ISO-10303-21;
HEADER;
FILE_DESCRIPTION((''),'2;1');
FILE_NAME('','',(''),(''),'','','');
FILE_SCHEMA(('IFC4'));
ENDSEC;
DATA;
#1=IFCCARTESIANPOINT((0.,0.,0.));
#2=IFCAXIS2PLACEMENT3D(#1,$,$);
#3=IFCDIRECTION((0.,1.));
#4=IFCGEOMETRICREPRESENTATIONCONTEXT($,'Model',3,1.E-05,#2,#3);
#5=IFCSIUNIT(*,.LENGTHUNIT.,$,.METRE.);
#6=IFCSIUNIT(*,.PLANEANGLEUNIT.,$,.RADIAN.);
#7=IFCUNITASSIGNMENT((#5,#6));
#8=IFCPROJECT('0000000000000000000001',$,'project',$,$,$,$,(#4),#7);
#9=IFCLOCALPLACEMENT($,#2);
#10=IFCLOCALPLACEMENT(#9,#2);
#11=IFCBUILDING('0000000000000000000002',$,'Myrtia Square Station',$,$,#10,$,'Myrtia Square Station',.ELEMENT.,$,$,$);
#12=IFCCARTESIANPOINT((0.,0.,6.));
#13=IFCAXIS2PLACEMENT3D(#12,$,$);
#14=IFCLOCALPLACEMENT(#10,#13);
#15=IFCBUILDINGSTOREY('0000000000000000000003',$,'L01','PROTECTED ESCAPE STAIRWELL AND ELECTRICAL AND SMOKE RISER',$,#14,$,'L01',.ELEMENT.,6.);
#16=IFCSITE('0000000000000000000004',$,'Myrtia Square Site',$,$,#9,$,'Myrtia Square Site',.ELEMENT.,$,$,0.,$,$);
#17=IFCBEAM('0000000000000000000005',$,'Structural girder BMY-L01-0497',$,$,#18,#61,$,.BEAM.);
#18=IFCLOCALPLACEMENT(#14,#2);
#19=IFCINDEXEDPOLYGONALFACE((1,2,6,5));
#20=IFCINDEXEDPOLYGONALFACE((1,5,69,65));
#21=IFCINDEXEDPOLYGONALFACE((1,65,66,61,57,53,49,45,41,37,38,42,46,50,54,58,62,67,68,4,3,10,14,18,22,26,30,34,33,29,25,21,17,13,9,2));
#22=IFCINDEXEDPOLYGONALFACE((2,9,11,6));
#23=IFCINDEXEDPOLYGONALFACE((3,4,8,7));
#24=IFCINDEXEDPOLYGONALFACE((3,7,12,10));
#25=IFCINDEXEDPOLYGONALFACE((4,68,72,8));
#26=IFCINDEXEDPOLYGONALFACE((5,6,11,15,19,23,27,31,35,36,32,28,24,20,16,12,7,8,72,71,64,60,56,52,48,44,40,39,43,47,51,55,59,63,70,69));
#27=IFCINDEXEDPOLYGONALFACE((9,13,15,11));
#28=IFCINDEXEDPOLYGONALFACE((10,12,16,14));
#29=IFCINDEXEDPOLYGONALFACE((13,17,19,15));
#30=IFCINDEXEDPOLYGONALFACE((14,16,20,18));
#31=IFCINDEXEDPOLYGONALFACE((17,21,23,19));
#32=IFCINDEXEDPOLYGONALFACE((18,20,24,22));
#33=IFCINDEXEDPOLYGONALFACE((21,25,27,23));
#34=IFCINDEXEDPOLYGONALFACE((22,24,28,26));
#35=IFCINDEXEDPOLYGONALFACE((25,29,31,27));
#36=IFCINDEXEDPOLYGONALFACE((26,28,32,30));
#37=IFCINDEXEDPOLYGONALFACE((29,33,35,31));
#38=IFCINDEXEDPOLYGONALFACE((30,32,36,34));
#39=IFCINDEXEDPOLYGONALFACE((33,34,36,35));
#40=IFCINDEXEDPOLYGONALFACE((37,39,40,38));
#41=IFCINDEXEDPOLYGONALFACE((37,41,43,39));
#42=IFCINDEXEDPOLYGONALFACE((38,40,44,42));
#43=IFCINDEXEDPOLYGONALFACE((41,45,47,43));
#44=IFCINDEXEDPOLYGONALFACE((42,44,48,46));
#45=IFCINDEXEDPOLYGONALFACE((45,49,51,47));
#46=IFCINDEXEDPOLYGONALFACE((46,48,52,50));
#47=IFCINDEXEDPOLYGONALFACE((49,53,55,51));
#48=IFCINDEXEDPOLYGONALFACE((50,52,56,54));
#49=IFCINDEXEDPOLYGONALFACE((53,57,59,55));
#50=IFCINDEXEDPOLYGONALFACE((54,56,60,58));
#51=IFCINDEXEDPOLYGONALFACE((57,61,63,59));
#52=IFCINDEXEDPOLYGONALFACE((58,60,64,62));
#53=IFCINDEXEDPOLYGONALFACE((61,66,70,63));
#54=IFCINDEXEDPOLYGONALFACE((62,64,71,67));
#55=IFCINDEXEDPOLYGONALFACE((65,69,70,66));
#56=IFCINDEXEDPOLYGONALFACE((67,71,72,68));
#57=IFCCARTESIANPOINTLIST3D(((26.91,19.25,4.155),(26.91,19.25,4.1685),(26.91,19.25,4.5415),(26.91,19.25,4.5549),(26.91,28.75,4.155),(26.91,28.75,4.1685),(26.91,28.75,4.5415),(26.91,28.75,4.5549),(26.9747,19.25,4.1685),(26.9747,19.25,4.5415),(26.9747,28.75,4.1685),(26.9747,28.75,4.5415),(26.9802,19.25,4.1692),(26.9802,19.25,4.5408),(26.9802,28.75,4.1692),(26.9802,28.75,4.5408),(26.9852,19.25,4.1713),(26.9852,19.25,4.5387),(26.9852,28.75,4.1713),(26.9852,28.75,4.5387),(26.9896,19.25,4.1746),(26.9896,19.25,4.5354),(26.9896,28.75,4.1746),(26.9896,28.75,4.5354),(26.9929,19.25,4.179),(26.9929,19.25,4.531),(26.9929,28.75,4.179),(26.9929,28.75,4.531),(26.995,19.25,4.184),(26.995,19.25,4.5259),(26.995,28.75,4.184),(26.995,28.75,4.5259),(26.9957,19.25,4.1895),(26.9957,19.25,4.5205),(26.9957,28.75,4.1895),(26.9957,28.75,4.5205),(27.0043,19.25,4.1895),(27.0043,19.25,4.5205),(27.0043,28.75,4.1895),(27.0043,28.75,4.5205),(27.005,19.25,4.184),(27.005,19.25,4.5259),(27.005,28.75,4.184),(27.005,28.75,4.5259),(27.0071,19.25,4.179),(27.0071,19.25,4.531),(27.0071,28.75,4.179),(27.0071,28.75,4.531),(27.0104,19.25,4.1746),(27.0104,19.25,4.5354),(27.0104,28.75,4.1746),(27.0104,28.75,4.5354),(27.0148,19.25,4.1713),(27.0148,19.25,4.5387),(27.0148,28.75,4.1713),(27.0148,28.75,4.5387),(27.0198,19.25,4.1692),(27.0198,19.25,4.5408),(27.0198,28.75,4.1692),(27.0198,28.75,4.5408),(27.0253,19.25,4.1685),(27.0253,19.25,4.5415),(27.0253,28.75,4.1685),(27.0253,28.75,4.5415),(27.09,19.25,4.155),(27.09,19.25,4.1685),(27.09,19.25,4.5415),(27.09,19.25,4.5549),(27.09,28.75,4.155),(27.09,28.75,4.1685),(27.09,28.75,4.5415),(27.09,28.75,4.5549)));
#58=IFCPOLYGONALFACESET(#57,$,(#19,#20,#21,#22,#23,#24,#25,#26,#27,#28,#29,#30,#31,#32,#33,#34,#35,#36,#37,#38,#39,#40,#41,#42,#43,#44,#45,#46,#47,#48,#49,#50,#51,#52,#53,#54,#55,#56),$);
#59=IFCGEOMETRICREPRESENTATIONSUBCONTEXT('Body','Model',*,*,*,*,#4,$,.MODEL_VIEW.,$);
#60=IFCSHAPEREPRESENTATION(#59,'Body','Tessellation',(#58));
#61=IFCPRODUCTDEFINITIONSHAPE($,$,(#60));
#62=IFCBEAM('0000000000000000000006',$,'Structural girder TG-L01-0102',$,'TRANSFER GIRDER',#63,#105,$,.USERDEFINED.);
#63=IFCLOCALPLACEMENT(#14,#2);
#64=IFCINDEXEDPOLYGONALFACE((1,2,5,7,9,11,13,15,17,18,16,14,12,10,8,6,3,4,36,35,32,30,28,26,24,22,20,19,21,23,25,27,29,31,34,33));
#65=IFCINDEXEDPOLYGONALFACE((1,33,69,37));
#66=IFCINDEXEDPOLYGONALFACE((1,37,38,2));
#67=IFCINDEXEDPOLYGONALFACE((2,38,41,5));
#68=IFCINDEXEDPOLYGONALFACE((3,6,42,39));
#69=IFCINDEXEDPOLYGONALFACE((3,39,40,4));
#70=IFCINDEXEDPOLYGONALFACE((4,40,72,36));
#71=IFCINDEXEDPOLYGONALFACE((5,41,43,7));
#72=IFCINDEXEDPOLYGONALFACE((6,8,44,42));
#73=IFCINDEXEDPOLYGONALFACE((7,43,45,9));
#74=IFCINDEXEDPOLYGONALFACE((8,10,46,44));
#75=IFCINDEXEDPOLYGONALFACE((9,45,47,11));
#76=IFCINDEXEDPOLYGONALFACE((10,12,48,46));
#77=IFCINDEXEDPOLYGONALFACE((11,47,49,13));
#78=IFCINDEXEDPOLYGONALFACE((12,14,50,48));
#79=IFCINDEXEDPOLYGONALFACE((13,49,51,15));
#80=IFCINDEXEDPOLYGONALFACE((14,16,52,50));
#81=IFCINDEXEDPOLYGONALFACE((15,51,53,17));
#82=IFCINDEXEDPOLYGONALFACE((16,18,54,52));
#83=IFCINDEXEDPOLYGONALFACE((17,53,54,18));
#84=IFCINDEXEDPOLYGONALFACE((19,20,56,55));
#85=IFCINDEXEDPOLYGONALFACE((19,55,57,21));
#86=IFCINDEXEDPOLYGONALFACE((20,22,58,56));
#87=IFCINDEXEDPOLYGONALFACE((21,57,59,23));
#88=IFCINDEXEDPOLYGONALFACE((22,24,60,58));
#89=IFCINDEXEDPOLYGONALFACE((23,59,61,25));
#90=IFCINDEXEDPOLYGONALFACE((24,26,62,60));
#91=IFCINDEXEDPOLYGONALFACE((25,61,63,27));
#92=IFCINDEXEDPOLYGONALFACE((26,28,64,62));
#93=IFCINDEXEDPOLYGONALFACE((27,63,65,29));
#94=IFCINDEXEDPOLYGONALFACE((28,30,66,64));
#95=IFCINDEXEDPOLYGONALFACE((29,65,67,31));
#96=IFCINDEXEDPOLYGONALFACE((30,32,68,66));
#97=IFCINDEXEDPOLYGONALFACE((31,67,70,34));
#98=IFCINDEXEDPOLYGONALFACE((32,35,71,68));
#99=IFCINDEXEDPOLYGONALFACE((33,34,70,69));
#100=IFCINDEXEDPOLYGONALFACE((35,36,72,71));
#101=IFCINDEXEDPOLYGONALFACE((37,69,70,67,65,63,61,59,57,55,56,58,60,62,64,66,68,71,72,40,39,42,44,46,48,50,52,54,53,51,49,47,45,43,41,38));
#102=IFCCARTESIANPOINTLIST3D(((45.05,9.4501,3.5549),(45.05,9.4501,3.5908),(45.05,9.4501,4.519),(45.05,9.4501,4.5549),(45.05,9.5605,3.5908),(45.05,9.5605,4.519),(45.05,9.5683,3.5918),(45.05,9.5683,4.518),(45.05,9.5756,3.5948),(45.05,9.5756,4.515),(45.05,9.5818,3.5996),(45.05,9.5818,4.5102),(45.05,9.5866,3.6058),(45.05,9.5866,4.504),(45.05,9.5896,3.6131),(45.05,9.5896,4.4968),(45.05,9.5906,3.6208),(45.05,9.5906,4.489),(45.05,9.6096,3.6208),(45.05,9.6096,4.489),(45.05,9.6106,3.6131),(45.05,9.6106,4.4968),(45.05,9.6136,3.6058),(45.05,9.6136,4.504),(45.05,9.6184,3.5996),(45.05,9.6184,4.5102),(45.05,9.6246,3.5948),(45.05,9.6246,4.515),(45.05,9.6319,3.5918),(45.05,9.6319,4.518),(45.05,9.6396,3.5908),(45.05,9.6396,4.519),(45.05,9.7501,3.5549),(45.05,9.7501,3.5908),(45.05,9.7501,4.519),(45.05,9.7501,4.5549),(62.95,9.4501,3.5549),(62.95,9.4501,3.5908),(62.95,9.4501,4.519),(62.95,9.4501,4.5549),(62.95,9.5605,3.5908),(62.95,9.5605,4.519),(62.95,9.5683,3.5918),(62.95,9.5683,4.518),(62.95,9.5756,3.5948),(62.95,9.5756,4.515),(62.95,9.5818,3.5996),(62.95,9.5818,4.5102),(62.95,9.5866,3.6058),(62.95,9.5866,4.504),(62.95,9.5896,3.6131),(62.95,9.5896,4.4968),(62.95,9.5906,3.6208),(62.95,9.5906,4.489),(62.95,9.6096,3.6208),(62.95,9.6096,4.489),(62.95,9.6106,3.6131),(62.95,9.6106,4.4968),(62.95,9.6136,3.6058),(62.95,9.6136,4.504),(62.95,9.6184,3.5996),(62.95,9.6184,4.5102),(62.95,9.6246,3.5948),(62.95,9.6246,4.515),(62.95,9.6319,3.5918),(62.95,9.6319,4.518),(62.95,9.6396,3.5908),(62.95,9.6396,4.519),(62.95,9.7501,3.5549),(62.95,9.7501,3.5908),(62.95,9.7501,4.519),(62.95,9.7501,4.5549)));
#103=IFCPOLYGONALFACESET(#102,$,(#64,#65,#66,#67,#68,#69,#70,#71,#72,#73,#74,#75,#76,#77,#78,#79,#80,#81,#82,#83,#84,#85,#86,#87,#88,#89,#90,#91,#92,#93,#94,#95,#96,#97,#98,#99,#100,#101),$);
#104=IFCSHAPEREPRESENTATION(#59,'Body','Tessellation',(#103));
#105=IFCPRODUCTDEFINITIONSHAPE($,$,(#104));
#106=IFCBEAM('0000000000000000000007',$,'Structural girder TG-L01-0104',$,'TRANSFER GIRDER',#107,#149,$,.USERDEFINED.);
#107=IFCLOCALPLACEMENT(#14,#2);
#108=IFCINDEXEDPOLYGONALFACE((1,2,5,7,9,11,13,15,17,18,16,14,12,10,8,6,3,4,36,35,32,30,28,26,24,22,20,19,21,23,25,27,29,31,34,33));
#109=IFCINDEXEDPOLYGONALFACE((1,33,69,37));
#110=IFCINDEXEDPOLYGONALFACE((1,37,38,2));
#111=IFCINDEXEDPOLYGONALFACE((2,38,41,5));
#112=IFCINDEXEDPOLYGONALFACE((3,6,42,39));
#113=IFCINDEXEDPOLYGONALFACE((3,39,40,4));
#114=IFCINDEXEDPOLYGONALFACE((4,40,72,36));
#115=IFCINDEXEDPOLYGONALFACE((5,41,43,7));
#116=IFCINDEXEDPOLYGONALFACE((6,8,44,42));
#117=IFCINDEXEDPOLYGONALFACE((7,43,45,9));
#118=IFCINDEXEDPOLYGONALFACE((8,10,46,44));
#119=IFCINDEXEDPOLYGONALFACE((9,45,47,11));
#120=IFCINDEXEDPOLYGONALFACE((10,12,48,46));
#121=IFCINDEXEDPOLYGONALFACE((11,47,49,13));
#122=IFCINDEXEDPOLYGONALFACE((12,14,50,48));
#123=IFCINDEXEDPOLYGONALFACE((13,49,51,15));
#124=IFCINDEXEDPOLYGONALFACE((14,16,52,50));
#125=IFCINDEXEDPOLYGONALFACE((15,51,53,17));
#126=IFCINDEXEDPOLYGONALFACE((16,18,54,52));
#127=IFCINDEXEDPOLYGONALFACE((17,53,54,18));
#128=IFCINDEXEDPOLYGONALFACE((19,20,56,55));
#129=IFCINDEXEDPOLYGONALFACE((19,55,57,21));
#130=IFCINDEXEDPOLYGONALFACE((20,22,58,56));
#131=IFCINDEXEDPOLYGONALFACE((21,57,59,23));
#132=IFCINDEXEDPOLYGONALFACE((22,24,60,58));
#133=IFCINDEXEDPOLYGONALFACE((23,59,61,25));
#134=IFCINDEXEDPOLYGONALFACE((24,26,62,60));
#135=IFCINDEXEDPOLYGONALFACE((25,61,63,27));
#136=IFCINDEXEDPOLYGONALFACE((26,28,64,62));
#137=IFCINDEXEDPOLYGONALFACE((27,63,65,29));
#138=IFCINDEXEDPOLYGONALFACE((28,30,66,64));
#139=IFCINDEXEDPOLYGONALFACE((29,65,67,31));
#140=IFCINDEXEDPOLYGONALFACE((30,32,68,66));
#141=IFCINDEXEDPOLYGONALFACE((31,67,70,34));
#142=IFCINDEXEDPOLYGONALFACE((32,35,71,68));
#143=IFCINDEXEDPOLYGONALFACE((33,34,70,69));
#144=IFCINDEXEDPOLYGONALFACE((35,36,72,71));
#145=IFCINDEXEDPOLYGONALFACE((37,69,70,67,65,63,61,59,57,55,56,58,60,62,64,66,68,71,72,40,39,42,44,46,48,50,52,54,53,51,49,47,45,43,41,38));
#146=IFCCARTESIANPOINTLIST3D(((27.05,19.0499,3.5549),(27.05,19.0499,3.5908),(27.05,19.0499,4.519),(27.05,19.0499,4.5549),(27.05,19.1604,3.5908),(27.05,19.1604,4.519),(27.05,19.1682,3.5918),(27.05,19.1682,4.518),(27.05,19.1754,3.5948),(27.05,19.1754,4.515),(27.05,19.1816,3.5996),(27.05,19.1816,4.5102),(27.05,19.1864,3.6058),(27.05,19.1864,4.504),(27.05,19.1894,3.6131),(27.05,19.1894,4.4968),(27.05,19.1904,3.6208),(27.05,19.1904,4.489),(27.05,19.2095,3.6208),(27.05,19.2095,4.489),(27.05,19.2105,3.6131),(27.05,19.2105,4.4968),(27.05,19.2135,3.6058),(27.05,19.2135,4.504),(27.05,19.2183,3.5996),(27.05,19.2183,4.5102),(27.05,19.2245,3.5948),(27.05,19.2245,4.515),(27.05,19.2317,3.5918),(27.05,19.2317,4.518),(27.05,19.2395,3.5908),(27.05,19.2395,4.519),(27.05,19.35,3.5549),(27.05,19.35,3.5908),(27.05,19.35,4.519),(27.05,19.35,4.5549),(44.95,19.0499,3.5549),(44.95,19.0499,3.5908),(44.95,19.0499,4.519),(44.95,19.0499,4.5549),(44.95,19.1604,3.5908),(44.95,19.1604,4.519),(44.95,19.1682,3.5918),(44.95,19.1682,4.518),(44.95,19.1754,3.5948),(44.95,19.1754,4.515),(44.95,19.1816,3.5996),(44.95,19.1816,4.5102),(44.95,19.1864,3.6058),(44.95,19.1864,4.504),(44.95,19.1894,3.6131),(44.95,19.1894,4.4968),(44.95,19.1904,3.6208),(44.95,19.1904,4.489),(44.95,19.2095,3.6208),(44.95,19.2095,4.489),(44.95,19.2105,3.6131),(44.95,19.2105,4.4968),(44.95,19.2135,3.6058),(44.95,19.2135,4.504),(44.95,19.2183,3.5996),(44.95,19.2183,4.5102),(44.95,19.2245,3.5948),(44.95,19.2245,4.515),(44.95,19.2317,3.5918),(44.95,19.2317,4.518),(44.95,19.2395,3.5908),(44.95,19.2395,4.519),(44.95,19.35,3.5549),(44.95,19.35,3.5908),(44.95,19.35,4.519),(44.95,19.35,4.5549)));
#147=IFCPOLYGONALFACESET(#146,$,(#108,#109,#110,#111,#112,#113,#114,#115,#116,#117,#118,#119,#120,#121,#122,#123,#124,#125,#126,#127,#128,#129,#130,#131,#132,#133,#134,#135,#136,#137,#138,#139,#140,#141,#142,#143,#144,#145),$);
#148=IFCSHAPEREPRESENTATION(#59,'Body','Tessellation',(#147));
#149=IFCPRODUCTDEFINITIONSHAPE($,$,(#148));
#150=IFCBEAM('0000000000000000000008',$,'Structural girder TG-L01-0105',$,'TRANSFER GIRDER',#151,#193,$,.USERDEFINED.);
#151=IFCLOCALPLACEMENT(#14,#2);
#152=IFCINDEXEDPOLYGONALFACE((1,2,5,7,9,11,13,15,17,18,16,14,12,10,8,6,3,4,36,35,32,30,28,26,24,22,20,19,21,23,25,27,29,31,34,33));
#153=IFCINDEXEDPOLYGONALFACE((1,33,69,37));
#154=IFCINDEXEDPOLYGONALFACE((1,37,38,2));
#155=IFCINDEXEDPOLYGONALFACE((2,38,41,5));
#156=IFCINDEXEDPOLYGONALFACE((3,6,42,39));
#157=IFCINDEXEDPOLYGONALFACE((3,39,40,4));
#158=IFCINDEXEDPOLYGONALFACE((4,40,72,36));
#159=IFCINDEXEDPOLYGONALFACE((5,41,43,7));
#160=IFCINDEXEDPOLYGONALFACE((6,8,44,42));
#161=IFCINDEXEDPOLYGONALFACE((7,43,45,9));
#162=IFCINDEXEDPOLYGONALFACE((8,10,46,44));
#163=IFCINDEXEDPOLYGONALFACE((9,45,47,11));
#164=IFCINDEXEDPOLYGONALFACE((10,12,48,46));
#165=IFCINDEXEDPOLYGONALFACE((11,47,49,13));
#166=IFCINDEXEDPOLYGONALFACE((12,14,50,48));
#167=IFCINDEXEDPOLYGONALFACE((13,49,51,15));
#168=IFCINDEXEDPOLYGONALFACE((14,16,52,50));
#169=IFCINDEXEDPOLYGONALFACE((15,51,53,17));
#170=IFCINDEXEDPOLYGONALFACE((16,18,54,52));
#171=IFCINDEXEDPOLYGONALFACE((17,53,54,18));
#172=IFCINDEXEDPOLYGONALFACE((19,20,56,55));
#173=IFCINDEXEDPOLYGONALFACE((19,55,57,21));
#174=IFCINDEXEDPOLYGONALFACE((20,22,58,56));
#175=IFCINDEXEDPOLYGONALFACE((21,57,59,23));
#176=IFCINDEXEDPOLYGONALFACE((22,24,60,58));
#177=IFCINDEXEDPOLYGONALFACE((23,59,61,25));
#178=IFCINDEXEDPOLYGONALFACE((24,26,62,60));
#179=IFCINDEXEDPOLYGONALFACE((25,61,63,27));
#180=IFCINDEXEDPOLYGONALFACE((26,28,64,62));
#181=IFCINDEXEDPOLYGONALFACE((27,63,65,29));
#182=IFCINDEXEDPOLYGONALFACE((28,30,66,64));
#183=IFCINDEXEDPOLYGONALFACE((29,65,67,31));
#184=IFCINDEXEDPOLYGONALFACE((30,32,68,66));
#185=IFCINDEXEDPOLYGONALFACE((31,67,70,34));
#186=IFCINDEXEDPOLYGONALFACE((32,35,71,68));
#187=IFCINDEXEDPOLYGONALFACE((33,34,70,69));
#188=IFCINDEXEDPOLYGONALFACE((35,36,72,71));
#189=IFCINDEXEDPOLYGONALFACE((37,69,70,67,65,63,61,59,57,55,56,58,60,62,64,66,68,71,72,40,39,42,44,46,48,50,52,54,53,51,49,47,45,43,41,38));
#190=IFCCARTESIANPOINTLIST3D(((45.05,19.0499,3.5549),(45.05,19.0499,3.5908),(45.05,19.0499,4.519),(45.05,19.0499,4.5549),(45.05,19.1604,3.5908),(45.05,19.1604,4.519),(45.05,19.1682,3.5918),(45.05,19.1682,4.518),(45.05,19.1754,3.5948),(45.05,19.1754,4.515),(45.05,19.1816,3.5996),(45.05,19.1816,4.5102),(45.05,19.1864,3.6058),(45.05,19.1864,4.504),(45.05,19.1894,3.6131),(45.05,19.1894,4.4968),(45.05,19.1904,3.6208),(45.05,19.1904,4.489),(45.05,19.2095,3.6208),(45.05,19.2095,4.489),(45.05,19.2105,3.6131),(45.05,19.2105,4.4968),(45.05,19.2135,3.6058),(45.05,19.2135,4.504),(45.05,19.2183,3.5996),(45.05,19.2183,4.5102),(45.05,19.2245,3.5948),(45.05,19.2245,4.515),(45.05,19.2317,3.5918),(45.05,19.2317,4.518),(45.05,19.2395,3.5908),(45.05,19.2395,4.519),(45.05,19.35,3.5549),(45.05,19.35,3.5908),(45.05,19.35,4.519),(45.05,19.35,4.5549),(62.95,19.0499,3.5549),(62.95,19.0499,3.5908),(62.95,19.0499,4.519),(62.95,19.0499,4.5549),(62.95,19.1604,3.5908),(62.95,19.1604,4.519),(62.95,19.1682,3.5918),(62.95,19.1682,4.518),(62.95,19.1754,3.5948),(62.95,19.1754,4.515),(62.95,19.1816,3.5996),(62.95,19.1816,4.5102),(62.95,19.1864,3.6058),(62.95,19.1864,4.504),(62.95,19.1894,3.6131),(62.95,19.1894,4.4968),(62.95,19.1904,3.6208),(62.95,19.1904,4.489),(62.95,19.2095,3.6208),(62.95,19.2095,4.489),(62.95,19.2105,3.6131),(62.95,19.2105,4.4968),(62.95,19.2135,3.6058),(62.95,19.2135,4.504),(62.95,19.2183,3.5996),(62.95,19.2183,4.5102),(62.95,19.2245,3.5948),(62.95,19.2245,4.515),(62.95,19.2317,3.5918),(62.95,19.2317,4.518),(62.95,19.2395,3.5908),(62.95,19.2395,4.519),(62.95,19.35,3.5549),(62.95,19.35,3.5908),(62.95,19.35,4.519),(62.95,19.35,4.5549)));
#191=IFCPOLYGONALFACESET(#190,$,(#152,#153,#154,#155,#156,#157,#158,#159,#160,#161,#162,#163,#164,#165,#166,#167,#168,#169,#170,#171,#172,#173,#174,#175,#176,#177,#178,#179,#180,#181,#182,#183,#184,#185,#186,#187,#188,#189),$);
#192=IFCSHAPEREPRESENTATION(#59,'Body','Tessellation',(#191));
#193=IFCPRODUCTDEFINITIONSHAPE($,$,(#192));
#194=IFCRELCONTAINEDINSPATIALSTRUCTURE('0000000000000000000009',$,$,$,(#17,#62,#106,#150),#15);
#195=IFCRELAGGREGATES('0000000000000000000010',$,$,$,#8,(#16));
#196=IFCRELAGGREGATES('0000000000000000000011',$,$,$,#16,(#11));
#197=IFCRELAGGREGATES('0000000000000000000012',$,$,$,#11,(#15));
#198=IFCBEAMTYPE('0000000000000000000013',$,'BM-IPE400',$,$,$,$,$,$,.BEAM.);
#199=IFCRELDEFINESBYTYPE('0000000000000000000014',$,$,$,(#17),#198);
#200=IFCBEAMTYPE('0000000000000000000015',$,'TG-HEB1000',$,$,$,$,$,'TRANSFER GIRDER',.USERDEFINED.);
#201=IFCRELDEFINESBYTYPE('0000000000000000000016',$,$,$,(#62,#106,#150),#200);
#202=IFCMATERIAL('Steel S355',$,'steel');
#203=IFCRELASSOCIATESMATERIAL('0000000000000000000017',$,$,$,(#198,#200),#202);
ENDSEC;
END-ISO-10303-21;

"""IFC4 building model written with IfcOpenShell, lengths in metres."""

from ifc_helpers import new_model, si_unit, direction, frame, origin, origin_2d, place, context, subcontext, project, spatial, i_section, extrude, material, material_profile, profile_set, type_object, element, save


model = new_model("IFC4")

# Units and contexts
model_context = context("Model", 3, precision=1e-05, world=origin(), true_north=direction((0.0, 1.0)))
body_context = subcontext(model_context, "Body", "Model", "MODEL_VIEW")
ifc_project = project(units=[si_unit("LENGTHUNIT", "METRE"), si_unit("PLANEANGLEUNIT", "RADIAN")], contexts=[model_context])

# Site, building, storey
site_placement = place(None, origin())
site = spatial("IfcSite", under=ifc_project, at=site_placement, Name="Myrtia Square Site", LongName="Myrtia Square Site", CompositionType="ELEMENT", RefElevation=0.0)
building_placement = place(site_placement, origin())
building = spatial("IfcBuilding", under=site, at=building_placement, Name="Myrtia Square Station", LongName="Myrtia Square Station", CompositionType="ELEMENT")
storey_placement = place(building_placement, frame((0.0, 0.0, 6.0)))
storey = spatial("IfcBuildingStorey", under=building, at=storey_placement, Name="L01", Description="PROTECTED ESCAPE STAIRWELL AND ELECTRICAL AND SMOKE RISER", LongName="L01", CompositionType="ELEMENT", Elevation=6.0)

# Shared definitions
ifc_material = material(Name="Steel S355", Category="steel")

# Beams
ifc_material_profile_1 = material_profile(ifc_material, i_section(OverallWidth=0.1799, OverallDepth=0.3999, WebThickness=0.0085, FlangeThickness=0.0134, FilletRadius=0.021, at=origin_2d()), Name="IPE 400")
ifc_profile_set_1 = profile_set([ifc_material_profile_1], Name="Steel S355")
beam_type_1 = type_object("IfcBeamType", Name="BM-IPE400", PredefinedType="BEAM", material=ifc_profile_set_1)
for number, where, z_axis, x_axis, name in (
    (1, (27.0, 19.25, 4.355), (0.0, 1.0, 0.0), (-1.0, 0.0, 0.0), "Structural girder BMY-L01-0497"),
):
    element("IfcBeam", number, at=place(storey_placement, frame(where, z_axis=z_axis, x_axis=x_axis)), inside=storey, type_object=beam_type_1, Name=name, PredefinedType="BEAM", context=body_context, shape_type="SweptSolid", body=[
        extrude(i_section(OverallWidth=0.1799, OverallDepth=0.3999, WebThickness=0.0085, FlangeThickness=0.0134, FilletRadius=0.021, at=origin_2d()), origin(), (0.0, 0.0, 1.0), 9.5),
    ])
ifc_material_profile_2 = material_profile(ifc_material, i_section(OverallWidth=0.3, OverallDepth=1.0, WebThickness=0.019, FlangeThickness=0.0359, FilletRadius=0.03, at=origin_2d()), Name="HEB 1000")
ifc_profile_set_2 = profile_set([ifc_material_profile_2], Name="Steel S355")
beam_type_2 = type_object("IfcBeamType", Name="TG-HEB1000", ElementType="TRANSFER GIRDER", PredefinedType="USERDEFINED", material=ifc_profile_set_2)
for number, where, z_axis, x_axis, name in (
    (2, (45.05, 9.6001, 4.0549), (1.0, 0.0, 0.0), (0.0, 1.0, 0.0), "Structural girder TG-L01-0102"),
    (3, (27.05, 19.2, 4.0549), (1.0, 0.0, 0.0), (0.0, 1.0, 0.0), "Structural girder TG-L01-0104"),
    (4, (45.05, 19.2, 4.0549), (1.0, 0.0, 0.0), (0.0, 1.0, 0.0), "Structural girder TG-L01-0105"),
):
    element("IfcBeam", number, at=place(storey_placement, frame(where, z_axis=z_axis, x_axis=x_axis)), inside=storey, type_object=beam_type_2, Name=name, ObjectType="TRANSFER GIRDER", PredefinedType="USERDEFINED", context=body_context, shape_type="SweptSolid", body=[
        extrude(i_section(OverallWidth=0.3, OverallDepth=1.0, WebThickness=0.019, FlangeThickness=0.0359, FilletRadius=0.03, at=origin_2d()), origin(), (0.0, 0.0, 1.0), 17.8999),
    ])

save(model, "model.ifc")
